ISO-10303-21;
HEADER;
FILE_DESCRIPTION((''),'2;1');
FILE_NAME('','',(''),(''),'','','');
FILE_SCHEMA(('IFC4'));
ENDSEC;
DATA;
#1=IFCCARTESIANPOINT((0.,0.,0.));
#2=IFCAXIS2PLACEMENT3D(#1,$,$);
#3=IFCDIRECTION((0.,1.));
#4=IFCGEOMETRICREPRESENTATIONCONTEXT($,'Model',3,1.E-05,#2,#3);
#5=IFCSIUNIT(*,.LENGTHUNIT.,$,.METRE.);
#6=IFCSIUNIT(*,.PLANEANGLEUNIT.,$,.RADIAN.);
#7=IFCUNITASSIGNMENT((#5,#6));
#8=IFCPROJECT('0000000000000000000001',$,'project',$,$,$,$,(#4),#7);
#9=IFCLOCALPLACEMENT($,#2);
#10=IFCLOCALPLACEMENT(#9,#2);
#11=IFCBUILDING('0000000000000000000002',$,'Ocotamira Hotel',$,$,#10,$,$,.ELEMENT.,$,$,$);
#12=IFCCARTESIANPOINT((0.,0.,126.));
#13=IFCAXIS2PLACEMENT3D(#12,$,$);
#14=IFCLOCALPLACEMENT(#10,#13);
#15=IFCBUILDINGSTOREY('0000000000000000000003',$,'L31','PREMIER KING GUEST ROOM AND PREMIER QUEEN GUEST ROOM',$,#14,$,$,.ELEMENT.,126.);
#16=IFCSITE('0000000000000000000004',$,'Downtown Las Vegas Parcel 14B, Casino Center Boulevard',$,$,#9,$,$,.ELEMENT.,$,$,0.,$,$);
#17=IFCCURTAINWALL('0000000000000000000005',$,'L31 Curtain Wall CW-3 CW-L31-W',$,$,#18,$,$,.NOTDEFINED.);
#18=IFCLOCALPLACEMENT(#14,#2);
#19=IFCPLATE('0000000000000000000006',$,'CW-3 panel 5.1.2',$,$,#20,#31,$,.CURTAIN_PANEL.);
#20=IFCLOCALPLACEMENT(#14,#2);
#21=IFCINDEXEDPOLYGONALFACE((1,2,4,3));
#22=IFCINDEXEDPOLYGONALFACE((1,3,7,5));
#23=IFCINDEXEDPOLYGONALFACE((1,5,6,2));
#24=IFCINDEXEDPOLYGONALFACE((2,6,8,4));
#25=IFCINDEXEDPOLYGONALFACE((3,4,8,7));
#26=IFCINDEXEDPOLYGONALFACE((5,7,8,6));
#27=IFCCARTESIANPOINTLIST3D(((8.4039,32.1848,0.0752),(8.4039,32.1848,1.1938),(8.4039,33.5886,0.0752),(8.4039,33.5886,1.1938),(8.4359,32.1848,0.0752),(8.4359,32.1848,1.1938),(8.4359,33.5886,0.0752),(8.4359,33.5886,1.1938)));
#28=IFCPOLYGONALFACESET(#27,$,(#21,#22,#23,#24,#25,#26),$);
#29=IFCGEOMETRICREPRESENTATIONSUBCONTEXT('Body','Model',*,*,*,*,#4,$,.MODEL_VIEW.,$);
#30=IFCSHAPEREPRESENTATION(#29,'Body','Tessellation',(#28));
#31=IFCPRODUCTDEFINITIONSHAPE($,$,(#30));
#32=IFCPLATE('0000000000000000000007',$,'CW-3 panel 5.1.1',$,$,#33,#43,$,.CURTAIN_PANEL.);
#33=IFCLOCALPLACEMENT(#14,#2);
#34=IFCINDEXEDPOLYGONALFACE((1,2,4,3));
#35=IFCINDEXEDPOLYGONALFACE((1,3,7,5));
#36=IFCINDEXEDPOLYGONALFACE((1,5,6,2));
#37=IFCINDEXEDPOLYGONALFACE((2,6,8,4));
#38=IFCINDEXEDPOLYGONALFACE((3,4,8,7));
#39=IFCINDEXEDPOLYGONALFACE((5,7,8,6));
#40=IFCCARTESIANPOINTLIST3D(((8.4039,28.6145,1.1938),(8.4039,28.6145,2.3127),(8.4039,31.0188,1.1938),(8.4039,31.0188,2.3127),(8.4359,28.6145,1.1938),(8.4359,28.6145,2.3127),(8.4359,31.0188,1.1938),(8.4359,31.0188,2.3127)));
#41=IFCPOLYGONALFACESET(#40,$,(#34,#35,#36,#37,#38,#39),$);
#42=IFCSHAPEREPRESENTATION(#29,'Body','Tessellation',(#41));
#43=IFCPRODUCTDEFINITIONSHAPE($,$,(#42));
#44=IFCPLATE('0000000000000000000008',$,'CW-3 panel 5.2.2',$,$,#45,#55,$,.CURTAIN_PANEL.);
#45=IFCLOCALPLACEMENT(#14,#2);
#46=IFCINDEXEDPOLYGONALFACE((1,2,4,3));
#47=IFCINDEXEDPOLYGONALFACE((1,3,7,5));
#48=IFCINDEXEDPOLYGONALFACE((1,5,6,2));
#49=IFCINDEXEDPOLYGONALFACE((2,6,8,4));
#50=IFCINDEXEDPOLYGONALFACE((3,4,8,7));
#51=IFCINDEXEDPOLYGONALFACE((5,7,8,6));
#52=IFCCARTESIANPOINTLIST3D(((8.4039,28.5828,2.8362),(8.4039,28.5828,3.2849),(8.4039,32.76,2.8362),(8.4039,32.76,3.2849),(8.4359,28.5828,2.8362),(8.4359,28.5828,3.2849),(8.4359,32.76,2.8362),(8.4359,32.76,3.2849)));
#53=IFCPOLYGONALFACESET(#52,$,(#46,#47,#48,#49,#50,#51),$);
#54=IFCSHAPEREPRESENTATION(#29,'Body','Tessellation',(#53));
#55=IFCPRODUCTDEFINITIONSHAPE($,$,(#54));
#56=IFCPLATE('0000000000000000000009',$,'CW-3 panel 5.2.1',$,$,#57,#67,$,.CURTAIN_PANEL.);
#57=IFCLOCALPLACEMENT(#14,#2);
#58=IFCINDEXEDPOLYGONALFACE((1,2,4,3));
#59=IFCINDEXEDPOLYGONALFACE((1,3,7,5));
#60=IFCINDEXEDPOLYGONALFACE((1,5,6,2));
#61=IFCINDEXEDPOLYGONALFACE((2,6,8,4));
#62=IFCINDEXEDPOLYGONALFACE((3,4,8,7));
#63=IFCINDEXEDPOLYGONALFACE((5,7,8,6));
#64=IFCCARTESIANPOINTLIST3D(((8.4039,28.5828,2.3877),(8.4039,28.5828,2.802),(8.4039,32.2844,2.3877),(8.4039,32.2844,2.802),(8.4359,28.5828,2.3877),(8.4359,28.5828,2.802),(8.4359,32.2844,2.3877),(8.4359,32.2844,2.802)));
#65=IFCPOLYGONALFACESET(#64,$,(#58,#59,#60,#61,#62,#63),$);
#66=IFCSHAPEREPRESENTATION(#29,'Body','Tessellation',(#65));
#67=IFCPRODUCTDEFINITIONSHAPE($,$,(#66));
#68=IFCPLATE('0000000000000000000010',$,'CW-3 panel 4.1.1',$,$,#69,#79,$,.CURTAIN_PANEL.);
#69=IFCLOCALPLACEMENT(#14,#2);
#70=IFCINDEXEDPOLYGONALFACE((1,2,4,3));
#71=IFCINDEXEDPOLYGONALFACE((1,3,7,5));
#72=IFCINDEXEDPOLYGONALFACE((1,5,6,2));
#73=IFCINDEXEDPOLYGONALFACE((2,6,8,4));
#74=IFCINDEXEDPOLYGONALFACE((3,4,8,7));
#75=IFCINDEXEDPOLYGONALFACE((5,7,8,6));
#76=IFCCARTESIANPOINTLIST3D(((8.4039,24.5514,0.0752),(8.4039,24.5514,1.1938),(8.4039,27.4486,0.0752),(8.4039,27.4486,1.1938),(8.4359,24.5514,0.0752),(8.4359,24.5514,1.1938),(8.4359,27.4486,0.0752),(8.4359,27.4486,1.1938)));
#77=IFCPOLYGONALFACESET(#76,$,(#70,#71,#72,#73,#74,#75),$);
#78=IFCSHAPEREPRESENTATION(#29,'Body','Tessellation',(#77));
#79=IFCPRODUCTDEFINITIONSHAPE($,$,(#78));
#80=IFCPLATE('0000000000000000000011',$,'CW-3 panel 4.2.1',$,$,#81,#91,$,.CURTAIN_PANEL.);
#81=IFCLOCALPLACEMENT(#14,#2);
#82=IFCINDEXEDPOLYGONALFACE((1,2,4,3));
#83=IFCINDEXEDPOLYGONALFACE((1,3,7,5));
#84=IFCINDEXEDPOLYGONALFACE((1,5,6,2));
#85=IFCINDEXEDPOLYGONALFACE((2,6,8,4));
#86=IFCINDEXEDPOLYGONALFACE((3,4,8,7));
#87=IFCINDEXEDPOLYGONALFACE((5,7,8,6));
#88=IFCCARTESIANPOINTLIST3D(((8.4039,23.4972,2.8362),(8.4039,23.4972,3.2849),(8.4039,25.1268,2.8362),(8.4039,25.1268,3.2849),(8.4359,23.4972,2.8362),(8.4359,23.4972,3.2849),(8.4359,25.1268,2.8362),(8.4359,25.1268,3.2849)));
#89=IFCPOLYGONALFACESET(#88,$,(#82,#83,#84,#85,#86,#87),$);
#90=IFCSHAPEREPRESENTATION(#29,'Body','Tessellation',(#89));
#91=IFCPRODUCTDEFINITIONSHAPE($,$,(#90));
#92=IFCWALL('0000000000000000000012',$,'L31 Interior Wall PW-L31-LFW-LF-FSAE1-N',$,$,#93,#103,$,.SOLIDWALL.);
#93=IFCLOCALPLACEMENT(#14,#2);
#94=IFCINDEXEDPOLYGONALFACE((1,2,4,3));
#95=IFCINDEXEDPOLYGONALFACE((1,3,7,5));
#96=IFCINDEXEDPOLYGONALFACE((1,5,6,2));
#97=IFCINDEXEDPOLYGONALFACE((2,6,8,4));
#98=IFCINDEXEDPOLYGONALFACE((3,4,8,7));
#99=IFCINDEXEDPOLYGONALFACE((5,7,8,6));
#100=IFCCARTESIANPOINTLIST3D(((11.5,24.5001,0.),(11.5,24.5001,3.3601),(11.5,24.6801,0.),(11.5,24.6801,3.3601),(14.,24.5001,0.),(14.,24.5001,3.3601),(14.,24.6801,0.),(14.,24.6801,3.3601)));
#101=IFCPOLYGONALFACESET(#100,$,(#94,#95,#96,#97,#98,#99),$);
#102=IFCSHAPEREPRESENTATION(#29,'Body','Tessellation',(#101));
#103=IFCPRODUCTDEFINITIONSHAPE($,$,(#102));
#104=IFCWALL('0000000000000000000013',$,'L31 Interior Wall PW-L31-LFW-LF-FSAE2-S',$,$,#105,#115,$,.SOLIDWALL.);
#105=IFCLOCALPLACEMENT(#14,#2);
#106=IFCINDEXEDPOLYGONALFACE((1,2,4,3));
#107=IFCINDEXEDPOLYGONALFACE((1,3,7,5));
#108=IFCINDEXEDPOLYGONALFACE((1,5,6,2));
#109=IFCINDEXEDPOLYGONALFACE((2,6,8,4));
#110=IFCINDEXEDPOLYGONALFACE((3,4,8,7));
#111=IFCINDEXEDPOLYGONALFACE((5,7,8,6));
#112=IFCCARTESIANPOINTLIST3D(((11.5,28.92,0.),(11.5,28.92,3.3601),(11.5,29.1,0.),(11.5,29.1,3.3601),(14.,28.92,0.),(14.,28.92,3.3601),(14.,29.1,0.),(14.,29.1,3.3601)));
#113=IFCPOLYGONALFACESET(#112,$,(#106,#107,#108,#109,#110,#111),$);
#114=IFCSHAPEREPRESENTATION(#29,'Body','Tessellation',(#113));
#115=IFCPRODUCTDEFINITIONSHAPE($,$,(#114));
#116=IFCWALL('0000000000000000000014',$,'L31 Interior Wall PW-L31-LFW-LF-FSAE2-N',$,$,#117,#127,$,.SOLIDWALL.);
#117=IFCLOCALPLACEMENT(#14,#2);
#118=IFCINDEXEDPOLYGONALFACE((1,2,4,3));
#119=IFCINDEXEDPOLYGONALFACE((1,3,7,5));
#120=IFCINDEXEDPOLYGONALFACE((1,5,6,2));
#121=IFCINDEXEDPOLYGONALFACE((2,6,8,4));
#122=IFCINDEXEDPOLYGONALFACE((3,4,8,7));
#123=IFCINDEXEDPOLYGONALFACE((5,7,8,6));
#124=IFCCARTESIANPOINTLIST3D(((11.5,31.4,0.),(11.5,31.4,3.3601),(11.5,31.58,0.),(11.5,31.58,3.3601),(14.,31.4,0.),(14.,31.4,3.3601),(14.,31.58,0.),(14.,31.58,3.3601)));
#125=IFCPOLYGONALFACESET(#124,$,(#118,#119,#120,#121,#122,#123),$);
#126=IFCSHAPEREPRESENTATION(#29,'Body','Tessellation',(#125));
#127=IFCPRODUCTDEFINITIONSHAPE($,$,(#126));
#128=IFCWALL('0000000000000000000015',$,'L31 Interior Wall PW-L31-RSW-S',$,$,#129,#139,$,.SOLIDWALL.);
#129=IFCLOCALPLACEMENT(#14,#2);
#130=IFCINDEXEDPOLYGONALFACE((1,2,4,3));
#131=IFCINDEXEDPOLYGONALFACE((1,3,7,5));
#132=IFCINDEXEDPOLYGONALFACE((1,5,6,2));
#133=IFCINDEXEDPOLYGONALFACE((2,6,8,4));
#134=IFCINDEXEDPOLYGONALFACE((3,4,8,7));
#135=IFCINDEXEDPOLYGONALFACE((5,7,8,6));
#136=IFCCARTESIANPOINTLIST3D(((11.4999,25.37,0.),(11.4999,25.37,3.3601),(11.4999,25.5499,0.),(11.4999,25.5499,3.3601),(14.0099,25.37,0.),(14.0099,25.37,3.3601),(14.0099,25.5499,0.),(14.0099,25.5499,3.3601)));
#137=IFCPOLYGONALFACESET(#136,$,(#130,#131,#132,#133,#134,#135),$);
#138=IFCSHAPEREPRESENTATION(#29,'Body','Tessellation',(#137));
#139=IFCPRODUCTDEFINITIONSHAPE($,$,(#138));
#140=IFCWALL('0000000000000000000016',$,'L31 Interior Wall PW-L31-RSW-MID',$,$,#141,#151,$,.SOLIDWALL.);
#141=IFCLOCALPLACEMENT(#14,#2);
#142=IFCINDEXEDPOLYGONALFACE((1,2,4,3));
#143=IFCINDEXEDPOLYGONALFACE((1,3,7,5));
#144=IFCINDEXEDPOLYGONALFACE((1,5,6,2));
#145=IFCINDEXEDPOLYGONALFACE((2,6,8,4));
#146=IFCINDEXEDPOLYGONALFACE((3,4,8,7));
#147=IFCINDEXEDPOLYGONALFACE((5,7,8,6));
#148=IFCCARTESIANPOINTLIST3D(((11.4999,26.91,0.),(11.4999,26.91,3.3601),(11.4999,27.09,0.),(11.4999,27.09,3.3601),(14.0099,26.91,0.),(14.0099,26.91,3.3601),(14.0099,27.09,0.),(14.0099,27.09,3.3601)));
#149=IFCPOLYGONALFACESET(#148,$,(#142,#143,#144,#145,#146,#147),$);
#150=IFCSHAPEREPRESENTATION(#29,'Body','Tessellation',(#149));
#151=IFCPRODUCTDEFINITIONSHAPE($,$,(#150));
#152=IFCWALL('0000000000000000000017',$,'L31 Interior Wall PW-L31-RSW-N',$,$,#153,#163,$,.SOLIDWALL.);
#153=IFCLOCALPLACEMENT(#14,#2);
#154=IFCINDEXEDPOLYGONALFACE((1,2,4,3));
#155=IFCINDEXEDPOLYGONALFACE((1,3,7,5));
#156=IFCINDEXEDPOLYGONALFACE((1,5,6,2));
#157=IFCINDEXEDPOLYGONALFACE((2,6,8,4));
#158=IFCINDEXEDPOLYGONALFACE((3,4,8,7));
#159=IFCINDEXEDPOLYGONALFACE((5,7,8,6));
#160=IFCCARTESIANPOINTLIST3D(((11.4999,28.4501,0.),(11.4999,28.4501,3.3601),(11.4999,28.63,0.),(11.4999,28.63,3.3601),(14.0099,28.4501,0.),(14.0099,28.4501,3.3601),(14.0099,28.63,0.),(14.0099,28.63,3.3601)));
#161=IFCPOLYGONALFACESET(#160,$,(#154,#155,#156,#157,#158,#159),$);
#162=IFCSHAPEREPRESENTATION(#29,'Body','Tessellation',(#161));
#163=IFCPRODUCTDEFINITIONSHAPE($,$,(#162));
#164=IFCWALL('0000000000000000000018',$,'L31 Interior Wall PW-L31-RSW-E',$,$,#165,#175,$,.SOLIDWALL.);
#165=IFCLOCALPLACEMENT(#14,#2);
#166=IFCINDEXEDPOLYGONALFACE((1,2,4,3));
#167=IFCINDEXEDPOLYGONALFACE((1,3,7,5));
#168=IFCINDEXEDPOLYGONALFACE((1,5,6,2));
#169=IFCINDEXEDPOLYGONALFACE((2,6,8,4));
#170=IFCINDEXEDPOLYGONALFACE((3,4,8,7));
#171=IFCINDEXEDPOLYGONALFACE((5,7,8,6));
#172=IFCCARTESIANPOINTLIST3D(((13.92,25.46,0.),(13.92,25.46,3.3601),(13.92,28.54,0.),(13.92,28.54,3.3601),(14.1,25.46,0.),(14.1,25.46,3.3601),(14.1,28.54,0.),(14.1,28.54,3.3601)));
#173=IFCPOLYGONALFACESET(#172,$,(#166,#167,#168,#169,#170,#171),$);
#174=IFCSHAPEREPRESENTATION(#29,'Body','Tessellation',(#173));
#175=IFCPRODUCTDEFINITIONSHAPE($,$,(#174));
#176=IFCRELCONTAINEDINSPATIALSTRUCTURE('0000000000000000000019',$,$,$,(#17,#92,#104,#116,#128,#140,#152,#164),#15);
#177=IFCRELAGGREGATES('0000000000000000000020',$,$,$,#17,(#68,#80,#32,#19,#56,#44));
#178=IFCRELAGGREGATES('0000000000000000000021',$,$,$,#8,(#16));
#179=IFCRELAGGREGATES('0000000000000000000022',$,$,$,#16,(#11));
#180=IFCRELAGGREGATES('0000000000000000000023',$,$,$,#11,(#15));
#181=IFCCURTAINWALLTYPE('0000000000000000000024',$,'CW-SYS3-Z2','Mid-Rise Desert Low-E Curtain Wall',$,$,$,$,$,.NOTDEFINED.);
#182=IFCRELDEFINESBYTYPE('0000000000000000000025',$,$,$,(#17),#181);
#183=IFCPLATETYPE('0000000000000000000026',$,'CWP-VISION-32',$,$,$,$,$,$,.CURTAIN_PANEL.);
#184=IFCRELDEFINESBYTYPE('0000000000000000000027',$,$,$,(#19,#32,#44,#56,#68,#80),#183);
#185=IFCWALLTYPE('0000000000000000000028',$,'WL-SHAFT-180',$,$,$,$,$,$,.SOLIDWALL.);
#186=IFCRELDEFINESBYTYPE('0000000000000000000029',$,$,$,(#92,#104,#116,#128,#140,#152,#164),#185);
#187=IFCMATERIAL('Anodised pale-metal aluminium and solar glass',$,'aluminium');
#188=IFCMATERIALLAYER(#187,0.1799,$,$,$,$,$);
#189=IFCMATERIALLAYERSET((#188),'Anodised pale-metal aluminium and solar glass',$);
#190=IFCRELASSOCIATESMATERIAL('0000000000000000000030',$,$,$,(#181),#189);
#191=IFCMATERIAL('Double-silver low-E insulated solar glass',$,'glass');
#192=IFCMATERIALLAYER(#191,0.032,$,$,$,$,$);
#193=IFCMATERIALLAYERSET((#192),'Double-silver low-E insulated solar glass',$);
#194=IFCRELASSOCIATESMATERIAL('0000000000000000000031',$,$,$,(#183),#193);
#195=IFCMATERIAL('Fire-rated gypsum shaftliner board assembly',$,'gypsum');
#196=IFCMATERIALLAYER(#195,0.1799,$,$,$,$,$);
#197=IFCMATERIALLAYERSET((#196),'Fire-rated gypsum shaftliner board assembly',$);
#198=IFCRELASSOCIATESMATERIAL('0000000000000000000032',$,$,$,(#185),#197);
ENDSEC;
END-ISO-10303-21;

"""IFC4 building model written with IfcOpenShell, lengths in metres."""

from ifc_helpers import new_model, si_unit, direction, frame, frame_2d, origin, origin_2d, place, context, subcontext, project, spatial, rectangle, extrude, source, transform, mapped, material, layer, layer_set, type_object, element, aggregate, save


model = new_model("IFC4")

# Units and contexts
model_context = context("Model", 3, precision=1e-05, world=origin(), true_north=direction((0.0, 1.0)))
body_context = subcontext(model_context, "Body", "Model", "MODEL_VIEW")
ifc_project = project(units=[si_unit("LENGTHUNIT", "METRE"), si_unit("PLANEANGLEUNIT", "RADIAN")], contexts=[model_context])

# Site, building, storey
site_placement = place(None, origin())
site = spatial("IfcSite", under=ifc_project, at=site_placement, Name="Downtown Las Vegas Parcel 14B, Casino Center Boulevard", CompositionType="ELEMENT", RefElevation=0.0)
building_placement = place(site_placement, origin())
building = spatial("IfcBuilding", under=site, at=building_placement, Name="Ocotamira Hotel", CompositionType="ELEMENT")
storey_placement = place(building_placement, frame((0.0, 0.0, 126.0)))
storey = spatial("IfcBuildingStorey", under=building, at=storey_placement, Name="L31", Description="PREMIER KING GUEST ROOM AND PREMIER QUEEN GUEST ROOM", CompositionType="ELEMENT", Elevation=126.0)

# Curtain wall
ifc_material_1 = material(Name="Anodised pale-metal aluminium and solar glass", Category="aluminium")
ifc_layer_1 = layer(ifc_material_1, 0.1799)
ifc_layer_set_1 = layer_set([ifc_layer_1], Name="Anodised pale-metal aluminium and solar glass")
curtain_wall_type = type_object("IfcCurtainWallType", Name="CW-SYS3-Z2", Description="Mid-Rise Desert Low-E Curtain Wall", PredefinedType="NOTDEFINED", material=ifc_layer_set_1)
curtain_wall_placement = place(storey_placement, origin())
curtain_wall = element("IfcCurtainWall", 1, at=curtain_wall_placement, inside=storey, type_object=curtain_wall_type, Name="L31 Curtain Wall CW-3 CW-L31-W", PredefinedType="NOTDEFINED")

# Plates
ifc_material_2 = material(Name="Double-silver low-E insulated solar glass", Category="glass")
ifc_layer_2 = layer(ifc_material_2, 0.032)
ifc_layer_set_2 = layer_set([ifc_layer_2], Name="Double-silver low-E insulated solar glass")
plate_type_1 = type_object("IfcPlateType", Name="CWP-VISION-32", PredefinedType="CURTAIN_PANEL", material=ifc_layer_set_2)
shared_shape_1 = source(origin(), body_context, "Body", "SweptSolid", [
    extrude(rectangle(XDim=1.4038, YDim=0.032, at=origin_2d()), origin(), (0.0, 0.0, 1.0), 1.1187),
])
plate_1_placement = place(storey_placement, frame((8.4199, 32.8867, 0.0752), z_axis=(0.0, 0.0, 1.0), x_axis=(0.0, 1.0, 0.0)))
plate_1 = element("IfcPlate", 2, at=plate_1_placement, type_object=plate_type_1, Name="CW-3 panel 5.1.2", PredefinedType="CURTAIN_PANEL", context=body_context, shape_type="MappedRepresentation", body=[
    mapped(shared_shape_1, transform((0.0, 0.0, 0.0), scale=1.0)),
])
shared_shape_2 = source(origin(), body_context, "Body", "SweptSolid", [
    extrude(rectangle(XDim=2.4043, YDim=0.032, at=origin_2d()), origin(), (0.0, 0.0, 1.0), 1.1189),
])
plate_2_placement = place(storey_placement, frame((8.4199, 29.8167, 1.1938), z_axis=(0.0, 0.0, 1.0), x_axis=(0.0, 1.0, 0.0)))
plate_2 = element("IfcPlate", 3, at=plate_2_placement, type_object=plate_type_1, Name="CW-3 panel 5.1.1", PredefinedType="CURTAIN_PANEL", context=body_context, shape_type="MappedRepresentation", body=[
    mapped(shared_shape_2, transform((0.0, 0.0, 0.0), scale=1.0)),
])
shared_shape_3 = source(origin(), body_context, "Body", "SweptSolid", [
    extrude(rectangle(XDim=4.1772, YDim=0.032, at=origin_2d()), origin(), (0.0, 0.0, 1.0), 0.4487),
])
plate_3_placement = place(storey_placement, frame((8.4199, 30.6714, 2.8362), z_axis=(0.0, 0.0, 1.0), x_axis=(0.0, 1.0, 0.0)))
plate_3 = element("IfcPlate", 4, at=plate_3_placement, type_object=plate_type_1, Name="CW-3 panel 5.2.2", PredefinedType="CURTAIN_PANEL", context=body_context, shape_type="MappedRepresentation", body=[
    mapped(shared_shape_3, transform((0.0, 0.0, 0.0), scale=1.0)),
])
shared_shape_4 = source(origin(), body_context, "Body", "SweptSolid", [
    extrude(rectangle(XDim=3.7017, YDim=0.032, at=origin_2d()), origin(), (0.0, 0.0, 1.0), 0.4143),
])
plate_4_placement = place(storey_placement, frame((8.4199, 30.4336, 2.3877), z_axis=(0.0, 0.0, 1.0), x_axis=(0.0, 1.0, 0.0)))
plate_4 = element("IfcPlate", 5, at=plate_4_placement, type_object=plate_type_1, Name="CW-3 panel 5.2.1", PredefinedType="CURTAIN_PANEL", context=body_context, shape_type="MappedRepresentation", body=[
    mapped(shared_shape_4, transform((0.0, 0.0, 0.0), scale=1.0)),
])
shared_shape_5 = source(origin(), body_context, "Body", "SweptSolid", [
    extrude(rectangle(XDim=2.8972, YDim=0.032, at=origin_2d()), origin(), (0.0, 0.0, 1.0), 1.1187),
])
plate_5_placement = place(storey_placement, frame((8.4199, 26.0, 0.0752), z_axis=(0.0, 0.0, 1.0), x_axis=(0.0, 1.0, 0.0)))
plate_5 = element("IfcPlate", 6, at=plate_5_placement, type_object=plate_type_1, Name="CW-3 panel 4.1.1", PredefinedType="CURTAIN_PANEL", context=body_context, shape_type="MappedRepresentation", body=[
    mapped(shared_shape_5, transform((0.0, 0.0, 0.0), scale=1.0)),
])
shared_shape_6 = source(origin(), body_context, "Body", "SweptSolid", [
    extrude(rectangle(XDim=1.6296, YDim=0.032, at=origin_2d()), origin(), (0.0, 0.0, 1.0), 0.4487),
])
plate_6_placement = place(storey_placement, frame((8.4199, 24.312, 2.8362), z_axis=(0.0, 0.0, 1.0), x_axis=(0.0, 1.0, 0.0)))
plate_6 = element("IfcPlate", 7, at=plate_6_placement, type_object=plate_type_1, Name="CW-3 panel 4.2.1", PredefinedType="CURTAIN_PANEL", context=body_context, shape_type="MappedRepresentation", body=[
    mapped(shared_shape_6, transform((0.0, 0.0, 0.0), scale=1.0)),
])
aggregate(curtain_wall, [plate_5, plate_6, plate_2, plate_1, plate_4, plate_3])

# Walls
ifc_material_3 = material(Name="Fire-rated gypsum shaftliner board assembly", Category="gypsum")
ifc_layer_3 = layer(ifc_material_3, 0.1799)
ifc_layer_set_3 = layer_set([ifc_layer_3], Name="Fire-rated gypsum shaftliner board assembly")
wall_type_1 = type_object("IfcWallType", Name="WL-SHAFT-180", PredefinedType="SOLIDWALL", material=ifc_layer_set_3)
for number, where, z_axis, x_axis, name in (
    (8, (11.5, 24.5901, 0.0), (0.0, 0.0, 1.0), (1.0, 0.0, 0.0), "L31 Interior Wall PW-L31-LFW-LF-FSAE1-N"),
    (9, (11.5, 29.01, 0.0), (0.0, 0.0, 1.0), (1.0, 0.0, 0.0), "L31 Interior Wall PW-L31-LFW-LF-FSAE2-S"),
    (10, (11.5, 31.49, 0.0), (0.0, 0.0, 1.0), (1.0, 0.0, 0.0), "L31 Interior Wall PW-L31-LFW-LF-FSAE2-N"),
):
    element("IfcWall", number, at=place(storey_placement, frame(where, z_axis=z_axis, x_axis=x_axis)), inside=storey, type_object=wall_type_1, Name=name, PredefinedType="SOLIDWALL", context=body_context, shape_type="SweptSolid", body=[
        extrude(rectangle(XDim=2.5, YDim=0.1799, at=frame_2d((1.25, 0.0))), origin(), (0.0, 0.0, 1.0), 3.3601),
    ])
for number, where, z_axis, x_axis, name in (
    (11, (11.5, 25.46, 0.0), (0.0, 0.0, 1.0), (1.0, 0.0, 0.0), "L31 Interior Wall PW-L31-RSW-S"),
    (12, (11.5, 27.0, 0.0), (0.0, 0.0, 1.0), (1.0, 0.0, 0.0), "L31 Interior Wall PW-L31-RSW-MID"),
    (13, (11.5, 28.54, 0.0), (0.0, 0.0, 1.0), (1.0, 0.0, 0.0), "L31 Interior Wall PW-L31-RSW-N"),
):
    element("IfcWall", number, at=place(storey_placement, frame(where, z_axis=z_axis, x_axis=x_axis)), inside=storey, type_object=wall_type_1, Name=name, PredefinedType="SOLIDWALL", context=body_context, shape_type="SweptSolid", body=[
        extrude(rectangle(XDim=2.51, YDim=0.1799, at=frame_2d((1.2549, 0.0))), origin(), (0.0, 0.0, 1.0), 3.3601),
    ])
wall_1_placement = place(storey_placement, frame((14.01, 25.46, 0.0), z_axis=(0.0, 0.0, 1.0), x_axis=(0.0, 1.0, 0.0)))
element("IfcWall", 14, at=wall_1_placement, inside=storey, type_object=wall_type_1, Name="L31 Interior Wall PW-L31-RSW-E", PredefinedType="SOLIDWALL", context=body_context, shape_type="SweptSolid", body=[
    extrude(rectangle(XDim=3.0801, YDim=0.1799, at=frame_2d((1.54, 0.0))), origin(), (0.0, 0.0, 1.0), 3.3601),
])

save(model, "model.ifc")
